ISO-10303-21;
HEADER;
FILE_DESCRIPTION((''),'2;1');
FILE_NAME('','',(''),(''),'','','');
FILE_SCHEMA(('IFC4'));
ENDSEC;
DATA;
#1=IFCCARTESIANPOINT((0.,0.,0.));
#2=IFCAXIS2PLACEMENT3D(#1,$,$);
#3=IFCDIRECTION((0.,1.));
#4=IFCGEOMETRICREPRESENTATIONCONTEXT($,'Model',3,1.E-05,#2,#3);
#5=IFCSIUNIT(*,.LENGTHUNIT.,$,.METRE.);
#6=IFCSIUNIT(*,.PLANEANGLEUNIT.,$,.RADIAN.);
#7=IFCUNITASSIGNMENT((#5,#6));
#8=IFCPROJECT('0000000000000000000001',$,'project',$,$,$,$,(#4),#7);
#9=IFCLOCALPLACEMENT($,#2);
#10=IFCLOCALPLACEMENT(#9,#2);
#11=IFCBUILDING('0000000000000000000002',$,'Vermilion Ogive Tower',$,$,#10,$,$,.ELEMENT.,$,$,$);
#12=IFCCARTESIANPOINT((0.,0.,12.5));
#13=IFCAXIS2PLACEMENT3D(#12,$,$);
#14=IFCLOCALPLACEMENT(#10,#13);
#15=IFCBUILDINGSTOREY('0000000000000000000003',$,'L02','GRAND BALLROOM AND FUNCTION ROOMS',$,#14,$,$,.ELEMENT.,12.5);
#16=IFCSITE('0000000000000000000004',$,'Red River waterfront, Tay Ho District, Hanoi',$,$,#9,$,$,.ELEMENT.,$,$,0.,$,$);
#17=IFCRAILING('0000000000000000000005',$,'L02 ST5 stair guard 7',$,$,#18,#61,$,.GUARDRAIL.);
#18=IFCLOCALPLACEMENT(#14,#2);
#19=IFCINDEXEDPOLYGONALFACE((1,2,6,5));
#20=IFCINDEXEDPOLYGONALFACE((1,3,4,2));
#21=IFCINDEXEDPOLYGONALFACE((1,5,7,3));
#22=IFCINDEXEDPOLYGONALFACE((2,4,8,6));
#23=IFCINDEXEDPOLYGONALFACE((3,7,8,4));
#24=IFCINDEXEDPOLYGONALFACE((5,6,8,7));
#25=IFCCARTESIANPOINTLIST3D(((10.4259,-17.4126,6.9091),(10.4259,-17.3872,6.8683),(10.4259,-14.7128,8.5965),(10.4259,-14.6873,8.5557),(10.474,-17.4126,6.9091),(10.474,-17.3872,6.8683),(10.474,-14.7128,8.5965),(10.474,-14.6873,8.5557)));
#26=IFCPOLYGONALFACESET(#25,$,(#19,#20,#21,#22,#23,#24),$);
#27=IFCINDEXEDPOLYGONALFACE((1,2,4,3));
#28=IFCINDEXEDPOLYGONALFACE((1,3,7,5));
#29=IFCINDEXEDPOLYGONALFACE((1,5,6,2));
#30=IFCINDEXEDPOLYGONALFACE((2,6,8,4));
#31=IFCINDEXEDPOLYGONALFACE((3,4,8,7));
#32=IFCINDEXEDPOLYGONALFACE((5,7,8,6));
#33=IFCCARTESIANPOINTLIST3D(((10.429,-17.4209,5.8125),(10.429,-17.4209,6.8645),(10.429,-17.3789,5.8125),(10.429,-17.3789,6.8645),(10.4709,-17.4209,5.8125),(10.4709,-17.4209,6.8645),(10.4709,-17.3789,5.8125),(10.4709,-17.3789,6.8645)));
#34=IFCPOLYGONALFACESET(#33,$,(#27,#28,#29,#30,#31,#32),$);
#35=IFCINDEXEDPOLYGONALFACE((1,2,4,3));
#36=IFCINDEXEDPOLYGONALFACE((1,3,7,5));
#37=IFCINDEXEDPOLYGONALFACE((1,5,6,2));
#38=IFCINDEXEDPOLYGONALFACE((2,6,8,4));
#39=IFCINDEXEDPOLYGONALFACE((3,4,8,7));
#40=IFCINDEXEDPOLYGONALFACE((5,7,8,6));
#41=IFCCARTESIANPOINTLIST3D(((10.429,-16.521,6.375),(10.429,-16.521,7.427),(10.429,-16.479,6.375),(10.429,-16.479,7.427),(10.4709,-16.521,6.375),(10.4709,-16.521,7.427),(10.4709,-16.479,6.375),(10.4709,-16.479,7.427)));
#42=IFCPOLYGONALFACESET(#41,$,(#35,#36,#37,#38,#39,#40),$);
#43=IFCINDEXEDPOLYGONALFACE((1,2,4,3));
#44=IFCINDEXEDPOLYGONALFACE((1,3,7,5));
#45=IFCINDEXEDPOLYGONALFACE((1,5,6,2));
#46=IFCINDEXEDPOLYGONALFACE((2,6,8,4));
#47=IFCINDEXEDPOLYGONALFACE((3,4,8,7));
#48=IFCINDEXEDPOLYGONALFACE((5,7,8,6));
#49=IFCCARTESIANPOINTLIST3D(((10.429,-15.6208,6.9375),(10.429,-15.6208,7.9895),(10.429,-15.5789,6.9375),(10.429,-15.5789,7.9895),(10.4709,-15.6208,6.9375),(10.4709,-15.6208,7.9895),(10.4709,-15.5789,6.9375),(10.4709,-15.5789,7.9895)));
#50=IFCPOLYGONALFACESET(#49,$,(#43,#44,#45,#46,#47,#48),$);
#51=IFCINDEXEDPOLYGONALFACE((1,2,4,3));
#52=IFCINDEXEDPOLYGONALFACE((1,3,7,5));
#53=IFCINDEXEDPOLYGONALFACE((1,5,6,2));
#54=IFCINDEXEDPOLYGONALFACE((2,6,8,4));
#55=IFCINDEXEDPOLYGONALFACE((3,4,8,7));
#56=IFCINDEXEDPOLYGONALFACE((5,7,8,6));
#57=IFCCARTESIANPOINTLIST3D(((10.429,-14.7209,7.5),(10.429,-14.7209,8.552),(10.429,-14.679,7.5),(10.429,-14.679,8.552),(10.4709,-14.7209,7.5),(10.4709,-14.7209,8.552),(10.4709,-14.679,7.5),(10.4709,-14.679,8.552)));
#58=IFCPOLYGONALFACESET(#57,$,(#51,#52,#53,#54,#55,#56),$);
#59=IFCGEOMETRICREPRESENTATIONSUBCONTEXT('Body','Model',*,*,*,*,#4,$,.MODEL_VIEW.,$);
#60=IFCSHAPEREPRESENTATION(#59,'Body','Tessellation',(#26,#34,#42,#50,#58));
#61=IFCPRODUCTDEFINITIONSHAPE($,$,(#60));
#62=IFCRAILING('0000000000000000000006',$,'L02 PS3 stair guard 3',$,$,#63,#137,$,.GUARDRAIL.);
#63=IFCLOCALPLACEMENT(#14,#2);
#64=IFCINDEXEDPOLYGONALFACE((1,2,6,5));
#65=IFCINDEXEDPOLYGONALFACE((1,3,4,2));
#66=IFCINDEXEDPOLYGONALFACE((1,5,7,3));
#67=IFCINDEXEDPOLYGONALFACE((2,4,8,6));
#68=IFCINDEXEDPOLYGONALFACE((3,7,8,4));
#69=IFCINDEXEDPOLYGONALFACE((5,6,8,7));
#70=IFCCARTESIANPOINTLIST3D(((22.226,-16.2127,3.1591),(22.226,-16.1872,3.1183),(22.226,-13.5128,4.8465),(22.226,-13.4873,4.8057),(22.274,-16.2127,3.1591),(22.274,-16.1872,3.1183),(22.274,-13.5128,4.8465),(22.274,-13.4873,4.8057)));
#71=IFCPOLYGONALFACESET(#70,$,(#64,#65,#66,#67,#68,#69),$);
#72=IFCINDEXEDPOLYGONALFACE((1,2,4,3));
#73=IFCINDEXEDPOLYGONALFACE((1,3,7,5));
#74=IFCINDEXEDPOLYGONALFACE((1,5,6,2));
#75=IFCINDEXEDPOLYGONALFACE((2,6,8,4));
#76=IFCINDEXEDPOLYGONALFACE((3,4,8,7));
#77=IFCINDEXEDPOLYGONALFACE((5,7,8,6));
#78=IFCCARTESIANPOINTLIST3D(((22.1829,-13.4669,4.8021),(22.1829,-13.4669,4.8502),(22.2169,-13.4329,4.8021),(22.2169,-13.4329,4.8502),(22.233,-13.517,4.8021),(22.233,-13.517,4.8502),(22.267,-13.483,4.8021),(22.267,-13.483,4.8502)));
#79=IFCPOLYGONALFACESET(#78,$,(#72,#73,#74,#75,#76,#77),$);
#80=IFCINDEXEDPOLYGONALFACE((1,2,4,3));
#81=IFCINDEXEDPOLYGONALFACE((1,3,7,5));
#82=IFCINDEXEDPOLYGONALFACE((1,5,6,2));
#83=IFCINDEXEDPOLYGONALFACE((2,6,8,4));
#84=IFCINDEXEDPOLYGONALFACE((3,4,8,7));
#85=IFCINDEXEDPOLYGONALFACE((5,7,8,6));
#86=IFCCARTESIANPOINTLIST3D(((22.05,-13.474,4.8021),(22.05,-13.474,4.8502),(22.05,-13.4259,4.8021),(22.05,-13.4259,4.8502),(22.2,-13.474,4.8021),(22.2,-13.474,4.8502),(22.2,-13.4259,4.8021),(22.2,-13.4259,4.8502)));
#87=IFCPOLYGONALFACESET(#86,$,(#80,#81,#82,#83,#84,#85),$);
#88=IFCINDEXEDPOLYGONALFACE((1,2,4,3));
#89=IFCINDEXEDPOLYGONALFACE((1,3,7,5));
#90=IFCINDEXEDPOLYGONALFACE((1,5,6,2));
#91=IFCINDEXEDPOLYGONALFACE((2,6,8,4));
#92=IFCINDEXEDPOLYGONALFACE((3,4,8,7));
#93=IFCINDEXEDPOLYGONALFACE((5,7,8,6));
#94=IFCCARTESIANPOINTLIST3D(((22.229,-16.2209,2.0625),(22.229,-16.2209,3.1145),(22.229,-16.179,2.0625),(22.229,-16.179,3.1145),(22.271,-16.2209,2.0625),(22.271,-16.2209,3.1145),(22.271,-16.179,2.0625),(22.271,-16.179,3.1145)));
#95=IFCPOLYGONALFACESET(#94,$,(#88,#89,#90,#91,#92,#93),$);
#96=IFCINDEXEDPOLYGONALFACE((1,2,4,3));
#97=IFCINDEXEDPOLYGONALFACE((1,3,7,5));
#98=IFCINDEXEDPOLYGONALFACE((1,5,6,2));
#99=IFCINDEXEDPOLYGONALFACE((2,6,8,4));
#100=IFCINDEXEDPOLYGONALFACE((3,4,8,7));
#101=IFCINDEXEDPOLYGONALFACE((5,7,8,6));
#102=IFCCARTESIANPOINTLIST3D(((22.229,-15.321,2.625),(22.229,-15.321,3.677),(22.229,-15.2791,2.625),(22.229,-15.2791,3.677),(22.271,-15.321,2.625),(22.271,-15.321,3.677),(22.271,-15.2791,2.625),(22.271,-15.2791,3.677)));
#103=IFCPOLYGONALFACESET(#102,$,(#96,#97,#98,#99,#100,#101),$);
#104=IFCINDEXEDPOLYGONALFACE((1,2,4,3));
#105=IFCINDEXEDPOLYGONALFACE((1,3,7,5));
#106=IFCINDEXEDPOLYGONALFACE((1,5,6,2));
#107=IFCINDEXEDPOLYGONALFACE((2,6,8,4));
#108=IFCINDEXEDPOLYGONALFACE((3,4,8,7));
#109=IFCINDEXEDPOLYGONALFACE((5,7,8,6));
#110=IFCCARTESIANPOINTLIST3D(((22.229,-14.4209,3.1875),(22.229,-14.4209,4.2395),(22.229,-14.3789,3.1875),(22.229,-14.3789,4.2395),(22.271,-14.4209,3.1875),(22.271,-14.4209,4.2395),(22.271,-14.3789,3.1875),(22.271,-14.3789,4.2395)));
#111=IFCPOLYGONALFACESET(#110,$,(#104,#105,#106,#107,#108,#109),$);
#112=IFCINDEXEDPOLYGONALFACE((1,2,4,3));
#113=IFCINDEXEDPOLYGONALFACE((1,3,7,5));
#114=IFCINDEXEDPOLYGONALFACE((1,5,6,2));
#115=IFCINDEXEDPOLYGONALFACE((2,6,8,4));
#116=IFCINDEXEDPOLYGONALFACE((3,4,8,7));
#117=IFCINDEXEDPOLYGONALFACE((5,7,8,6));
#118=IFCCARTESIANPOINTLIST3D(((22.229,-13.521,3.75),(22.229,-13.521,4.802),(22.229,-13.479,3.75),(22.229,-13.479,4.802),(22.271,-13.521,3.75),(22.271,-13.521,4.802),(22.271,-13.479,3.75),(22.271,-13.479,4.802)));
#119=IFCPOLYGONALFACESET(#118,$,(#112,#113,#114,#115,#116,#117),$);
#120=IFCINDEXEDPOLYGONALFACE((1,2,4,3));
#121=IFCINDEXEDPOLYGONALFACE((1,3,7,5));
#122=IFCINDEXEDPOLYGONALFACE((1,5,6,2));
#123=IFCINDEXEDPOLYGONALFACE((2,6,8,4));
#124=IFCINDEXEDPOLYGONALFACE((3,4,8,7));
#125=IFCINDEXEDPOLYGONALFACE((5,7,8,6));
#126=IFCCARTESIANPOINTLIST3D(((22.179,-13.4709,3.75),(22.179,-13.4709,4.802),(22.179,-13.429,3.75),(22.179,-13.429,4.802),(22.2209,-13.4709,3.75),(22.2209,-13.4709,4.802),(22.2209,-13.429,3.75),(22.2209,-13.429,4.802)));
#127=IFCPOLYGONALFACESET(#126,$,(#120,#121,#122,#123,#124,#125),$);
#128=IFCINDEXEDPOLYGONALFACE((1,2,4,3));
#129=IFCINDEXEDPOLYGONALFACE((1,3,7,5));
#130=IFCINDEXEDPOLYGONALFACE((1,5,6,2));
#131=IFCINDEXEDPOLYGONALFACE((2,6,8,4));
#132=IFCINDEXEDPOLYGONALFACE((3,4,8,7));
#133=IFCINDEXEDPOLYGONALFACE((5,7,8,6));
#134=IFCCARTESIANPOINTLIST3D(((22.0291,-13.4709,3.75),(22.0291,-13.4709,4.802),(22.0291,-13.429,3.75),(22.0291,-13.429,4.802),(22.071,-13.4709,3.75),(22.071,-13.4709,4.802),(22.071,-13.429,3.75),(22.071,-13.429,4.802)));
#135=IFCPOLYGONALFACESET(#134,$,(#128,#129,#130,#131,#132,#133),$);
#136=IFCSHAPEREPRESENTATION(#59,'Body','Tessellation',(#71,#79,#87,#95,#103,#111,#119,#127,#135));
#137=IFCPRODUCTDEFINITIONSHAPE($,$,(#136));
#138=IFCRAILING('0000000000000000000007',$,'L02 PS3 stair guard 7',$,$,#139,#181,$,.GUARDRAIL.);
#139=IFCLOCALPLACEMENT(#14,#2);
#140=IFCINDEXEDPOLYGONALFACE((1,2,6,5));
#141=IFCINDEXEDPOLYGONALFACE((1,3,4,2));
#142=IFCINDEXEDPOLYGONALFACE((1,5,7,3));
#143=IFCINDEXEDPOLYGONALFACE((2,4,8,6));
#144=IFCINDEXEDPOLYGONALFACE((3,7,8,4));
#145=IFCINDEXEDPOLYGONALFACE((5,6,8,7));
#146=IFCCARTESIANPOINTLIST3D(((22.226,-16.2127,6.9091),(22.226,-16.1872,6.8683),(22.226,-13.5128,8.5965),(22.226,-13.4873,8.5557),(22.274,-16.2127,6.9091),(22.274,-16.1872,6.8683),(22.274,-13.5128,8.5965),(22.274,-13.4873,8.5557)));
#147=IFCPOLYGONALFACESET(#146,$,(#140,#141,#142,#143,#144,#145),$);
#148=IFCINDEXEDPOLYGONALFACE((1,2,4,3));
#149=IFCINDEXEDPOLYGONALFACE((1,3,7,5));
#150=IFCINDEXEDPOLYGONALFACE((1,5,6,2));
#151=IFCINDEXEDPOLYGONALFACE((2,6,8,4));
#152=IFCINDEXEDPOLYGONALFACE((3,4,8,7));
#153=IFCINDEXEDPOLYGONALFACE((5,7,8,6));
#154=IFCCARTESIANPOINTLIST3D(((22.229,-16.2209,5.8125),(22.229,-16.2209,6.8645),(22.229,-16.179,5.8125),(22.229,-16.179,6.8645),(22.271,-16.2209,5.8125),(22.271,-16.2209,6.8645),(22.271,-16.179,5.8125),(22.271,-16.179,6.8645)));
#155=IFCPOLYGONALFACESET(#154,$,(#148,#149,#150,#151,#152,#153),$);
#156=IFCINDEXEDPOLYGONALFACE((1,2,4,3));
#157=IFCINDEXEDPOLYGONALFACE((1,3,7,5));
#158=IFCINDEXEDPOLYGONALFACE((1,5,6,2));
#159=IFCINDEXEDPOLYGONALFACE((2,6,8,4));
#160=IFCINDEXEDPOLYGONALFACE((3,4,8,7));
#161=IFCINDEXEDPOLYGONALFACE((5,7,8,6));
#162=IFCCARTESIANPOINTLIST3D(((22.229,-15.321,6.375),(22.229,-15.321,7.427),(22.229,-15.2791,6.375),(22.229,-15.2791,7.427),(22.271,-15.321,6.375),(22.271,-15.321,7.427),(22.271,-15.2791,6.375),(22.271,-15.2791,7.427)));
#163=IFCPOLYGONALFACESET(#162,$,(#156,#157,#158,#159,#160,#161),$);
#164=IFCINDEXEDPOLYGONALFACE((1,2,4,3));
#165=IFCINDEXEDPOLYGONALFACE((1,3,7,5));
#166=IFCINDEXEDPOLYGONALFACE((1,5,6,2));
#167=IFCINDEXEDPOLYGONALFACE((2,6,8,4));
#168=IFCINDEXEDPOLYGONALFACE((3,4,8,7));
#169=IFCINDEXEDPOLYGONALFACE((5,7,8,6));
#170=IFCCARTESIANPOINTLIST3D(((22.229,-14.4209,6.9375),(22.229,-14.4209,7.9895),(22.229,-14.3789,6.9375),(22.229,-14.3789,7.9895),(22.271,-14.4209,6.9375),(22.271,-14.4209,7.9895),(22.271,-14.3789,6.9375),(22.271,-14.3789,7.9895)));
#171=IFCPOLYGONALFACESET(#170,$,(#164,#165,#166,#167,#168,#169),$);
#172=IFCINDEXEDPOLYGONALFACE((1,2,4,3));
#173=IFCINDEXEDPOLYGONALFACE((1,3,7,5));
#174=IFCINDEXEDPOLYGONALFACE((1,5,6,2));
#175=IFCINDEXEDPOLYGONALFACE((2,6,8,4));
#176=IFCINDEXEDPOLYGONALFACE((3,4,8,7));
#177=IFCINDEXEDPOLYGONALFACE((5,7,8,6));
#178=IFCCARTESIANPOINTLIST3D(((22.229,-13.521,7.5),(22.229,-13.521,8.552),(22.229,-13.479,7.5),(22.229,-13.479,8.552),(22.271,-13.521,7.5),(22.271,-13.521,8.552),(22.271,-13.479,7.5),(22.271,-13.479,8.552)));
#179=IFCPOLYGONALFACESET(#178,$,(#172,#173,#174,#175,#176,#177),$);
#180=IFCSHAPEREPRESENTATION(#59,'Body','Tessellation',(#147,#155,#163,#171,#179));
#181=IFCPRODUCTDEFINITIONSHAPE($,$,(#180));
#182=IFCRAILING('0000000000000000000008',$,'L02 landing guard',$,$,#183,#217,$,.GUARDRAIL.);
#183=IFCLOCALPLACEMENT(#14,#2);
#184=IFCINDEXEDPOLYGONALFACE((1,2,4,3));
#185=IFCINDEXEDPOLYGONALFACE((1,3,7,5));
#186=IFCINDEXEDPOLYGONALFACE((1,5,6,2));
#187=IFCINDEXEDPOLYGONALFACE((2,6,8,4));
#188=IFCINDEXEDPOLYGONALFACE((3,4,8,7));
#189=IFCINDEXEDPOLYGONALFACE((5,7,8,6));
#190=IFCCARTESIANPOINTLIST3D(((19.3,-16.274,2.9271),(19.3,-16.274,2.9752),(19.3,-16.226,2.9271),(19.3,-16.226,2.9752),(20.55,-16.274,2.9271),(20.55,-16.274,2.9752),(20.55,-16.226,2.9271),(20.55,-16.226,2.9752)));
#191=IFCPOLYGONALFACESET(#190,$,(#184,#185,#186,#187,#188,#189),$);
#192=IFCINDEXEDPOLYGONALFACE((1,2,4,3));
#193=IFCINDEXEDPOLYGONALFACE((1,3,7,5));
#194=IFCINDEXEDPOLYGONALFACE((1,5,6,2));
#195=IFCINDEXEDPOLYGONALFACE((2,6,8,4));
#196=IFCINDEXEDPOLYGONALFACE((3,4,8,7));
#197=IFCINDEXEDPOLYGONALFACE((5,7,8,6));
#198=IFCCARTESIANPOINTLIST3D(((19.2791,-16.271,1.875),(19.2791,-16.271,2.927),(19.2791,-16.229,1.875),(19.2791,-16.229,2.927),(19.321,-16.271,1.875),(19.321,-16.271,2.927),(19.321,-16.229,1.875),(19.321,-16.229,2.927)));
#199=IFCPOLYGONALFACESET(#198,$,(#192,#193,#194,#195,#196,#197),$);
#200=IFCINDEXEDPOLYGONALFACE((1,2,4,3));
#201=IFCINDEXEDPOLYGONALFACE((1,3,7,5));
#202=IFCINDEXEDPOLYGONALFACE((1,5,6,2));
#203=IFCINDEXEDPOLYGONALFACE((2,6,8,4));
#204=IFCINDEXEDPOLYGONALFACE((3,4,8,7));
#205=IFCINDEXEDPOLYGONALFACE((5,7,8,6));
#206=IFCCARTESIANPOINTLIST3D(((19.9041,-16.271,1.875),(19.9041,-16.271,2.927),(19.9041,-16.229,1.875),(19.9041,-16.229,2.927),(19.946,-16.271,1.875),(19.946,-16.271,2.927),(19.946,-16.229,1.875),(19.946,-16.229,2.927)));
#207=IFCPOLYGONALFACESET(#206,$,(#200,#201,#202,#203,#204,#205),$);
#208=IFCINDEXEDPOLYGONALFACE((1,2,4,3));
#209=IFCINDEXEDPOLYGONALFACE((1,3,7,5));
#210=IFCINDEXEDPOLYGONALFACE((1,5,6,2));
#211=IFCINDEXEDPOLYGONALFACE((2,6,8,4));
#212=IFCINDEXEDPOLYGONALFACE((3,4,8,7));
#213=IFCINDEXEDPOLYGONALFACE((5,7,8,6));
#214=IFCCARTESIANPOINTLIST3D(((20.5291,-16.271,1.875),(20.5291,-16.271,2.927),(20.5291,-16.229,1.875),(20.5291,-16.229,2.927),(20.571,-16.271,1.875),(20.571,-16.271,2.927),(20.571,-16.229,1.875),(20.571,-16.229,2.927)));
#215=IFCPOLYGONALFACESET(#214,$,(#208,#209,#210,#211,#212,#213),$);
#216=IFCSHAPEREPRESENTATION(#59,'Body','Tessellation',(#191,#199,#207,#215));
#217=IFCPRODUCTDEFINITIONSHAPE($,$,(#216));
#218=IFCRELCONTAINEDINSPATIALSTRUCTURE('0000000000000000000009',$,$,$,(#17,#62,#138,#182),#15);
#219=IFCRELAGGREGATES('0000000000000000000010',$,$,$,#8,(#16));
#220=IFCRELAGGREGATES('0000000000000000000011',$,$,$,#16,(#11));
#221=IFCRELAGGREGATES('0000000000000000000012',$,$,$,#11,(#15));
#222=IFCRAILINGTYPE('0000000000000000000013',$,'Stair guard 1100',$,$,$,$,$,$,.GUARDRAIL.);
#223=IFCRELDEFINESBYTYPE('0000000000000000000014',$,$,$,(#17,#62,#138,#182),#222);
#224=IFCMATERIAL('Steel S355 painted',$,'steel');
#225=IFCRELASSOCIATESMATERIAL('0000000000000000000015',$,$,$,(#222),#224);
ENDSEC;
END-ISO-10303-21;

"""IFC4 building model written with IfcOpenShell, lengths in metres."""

from ifc_helpers import new_model, si_unit, direction, frame, origin, origin_2d, place, context, subcontext, project, spatial, rectangle, extrude, material, type_object, element, save


model = new_model("IFC4")

# Units and contexts
model_context = context("Model", 3, precision=1e-05, world=origin(), true_north=direction((0.0, 1.0)))
body_context = subcontext(model_context, "Body", "Model", "MODEL_VIEW")
ifc_project = project(units=[si_unit("LENGTHUNIT", "METRE"), si_unit("PLANEANGLEUNIT", "RADIAN")], contexts=[model_context])

# Site, building, storey
site_placement = place(None, origin())
site = spatial("IfcSite", under=ifc_project, at=site_placement, Name="Red River waterfront, Tay Ho District, Hanoi", CompositionType="ELEMENT", RefElevation=0.0)
building_placement = place(site_placement, origin())
building = spatial("IfcBuilding", under=site, at=building_placement, Name="Vermilion Ogive Tower", CompositionType="ELEMENT")
storey_placement = place(building_placement, frame((0.0, 0.0, 12.5)))
storey = spatial("IfcBuildingStorey", under=building, at=storey_placement, Name="L02", Description="GRAND BALLROOM AND FUNCTION ROOMS", CompositionType="ELEMENT", Elevation=12.5)

# Railings
ifc_material_1 = material(Name="Steel S355 painted", Category="steel")
railing_type_1 = type_object("IfcRailingType", Name="Stair guard 1100", PredefinedType="GUARDRAIL", material=ifc_material_1)
railing_1_placement = place(storey_placement, frame((10.45, -17.3999, 5.8125)))
element("IfcRailing", 1, at=railing_1_placement, inside=storey, type_object=railing_type_1, Name="L02 ST5 stair guard 7", PredefinedType="GUARDRAIL", context=body_context, shape_type="SweptSolid", body=[
    extrude(rectangle(XDim=0.0481, YDim=0.0481, at=origin_2d()), frame((0.0, 0.0, 1.0762), z_axis=(0.0, 0.847994, 0.530006), x_axis=(-1.0, 0.0, 0.0)), (0.0, 0.0, 1.0), 3.1838),
    extrude(rectangle(XDim=0.042, YDim=0.042, at=origin_2d()), origin(), (0.0, 0.0, 1.0), 1.052),
    extrude(rectangle(XDim=0.042, YDim=0.042, at=origin_2d()), frame((0.0, 0.8999, 0.5625)), (0.0, 0.0, 1.0), 1.052),
    extrude(rectangle(XDim=0.042, YDim=0.042, at=origin_2d()), frame((0.0, 1.8, 1.125)), (0.0, 0.0, 1.0), 1.052),
    extrude(rectangle(XDim=0.042, YDim=0.042, at=origin_2d()), frame((0.0, 2.7, 1.6875)), (0.0, 0.0, 1.0), 1.052),
])
railing_2_placement = place(storey_placement, frame((22.25, -16.2, 2.0625)))
element("IfcRailing", 2, at=railing_2_placement, inside=storey, type_object=railing_type_1, Name="L02 PS3 stair guard 3", PredefinedType="GUARDRAIL", context=body_context, shape_type="SweptSolid", body=[
    extrude(rectangle(XDim=0.0481, YDim=0.0481, at=origin_2d()), frame((0.0, 0.0, 1.0762), z_axis=(0.0, 0.847994, 0.530006), x_axis=(-1.0, 0.0, 0.0)), (0.0, 0.0, 1.0), 3.1838),
    extrude(rectangle(XDim=0.0481, YDim=0.0481, at=origin_2d()), frame((0.0, 2.7, 2.7637), z_axis=(-0.707107, 0.707107, 0.0), x_axis=(-0.707107, -0.707107, 0.0)), (0.0, 0.0, 1.0), 0.0708),
    extrude(rectangle(XDim=0.0481, YDim=0.0481, at=origin_2d()), frame((-0.05, 2.75, 2.7637), z_axis=(-1.0, 0.0, 0.0), x_axis=(0.0, -1.0, 0.0)), (0.0, 0.0, 1.0), 0.1499),
    extrude(rectangle(XDim=0.042, YDim=0.042, at=origin_2d()), origin(), (0.0, 0.0, 1.0), 1.052),
    extrude(rectangle(XDim=0.042, YDim=0.042, at=origin_2d()), frame((0.0, 0.8999, 0.5625)), (0.0, 0.0, 1.0), 1.052),
    extrude(rectangle(XDim=0.042, YDim=0.042, at=origin_2d()), frame((0.0, 1.8, 1.125)), (0.0, 0.0, 1.0), 1.052),
    extrude(rectangle(XDim=0.042, YDim=0.042, at=origin_2d()), frame((0.0, 2.7, 1.6875)), (0.0, 0.0, 1.0), 1.052),
    extrude(rectangle(XDim=0.042, YDim=0.042, at=origin_2d()), frame((-0.05, 2.75, 1.6875)), (0.0, 0.0, 1.0), 1.052),
    extrude(rectangle(XDim=0.042, YDim=0.042, at=origin_2d()), frame((-0.2, 2.75, 1.6875)), (0.0, 0.0, 1.0), 1.052),
])
railing_3_placement = place(storey_placement, frame((22.25, -16.2, 5.8125)))
element("IfcRailing", 3, at=railing_3_placement, inside=storey, type_object=railing_type_1, Name="L02 PS3 stair guard 7", PredefinedType="GUARDRAIL", context=body_context, shape_type="SweptSolid", body=[
    extrude(rectangle(XDim=0.0481, YDim=0.0481, at=origin_2d()), frame((0.0, 0.0, 1.0762), z_axis=(0.0, 0.847994, 0.530006), x_axis=(-1.0, 0.0, 0.0)), (0.0, 0.0, 1.0), 3.1838),
    extrude(rectangle(XDim=0.042, YDim=0.042, at=origin_2d()), origin(), (0.0, 0.0, 1.0), 1.052),
    extrude(rectangle(XDim=0.042, YDim=0.042, at=origin_2d()), frame((0.0, 0.8999, 0.5625)), (0.0, 0.0, 1.0), 1.052),
    extrude(rectangle(XDim=0.042, YDim=0.042, at=origin_2d()), frame((0.0, 1.8, 1.125)), (0.0, 0.0, 1.0), 1.052),
    extrude(rectangle(XDim=0.042, YDim=0.042, at=origin_2d()), frame((0.0, 2.7, 1.6875)), (0.0, 0.0, 1.0), 1.052),
])
for number, where, name in (
    (4, (19.3, -16.25, 1.875), "L02 landing guard"),
):
    element("IfcRailing", number, at=place(storey_placement, frame(where)), inside=storey, type_object=railing_type_1, Name=name, PredefinedType="GUARDRAIL", context=body_context, shape_type="SweptSolid", body=[
        extrude(rectangle(XDim=0.0481, YDim=0.0481, at=origin_2d()), frame((0.0, 0.0, 1.0762), z_axis=(1.0, 0.0, 0.0), x_axis=(0.0, 1.0, 0.0)), (0.0, 0.0, 1.0), 1.25),
        extrude(rectangle(XDim=0.042, YDim=0.042, at=origin_2d()), origin(), (0.0, 0.0, 1.0), 1.052),
        extrude(rectangle(XDim=0.042, YDim=0.042, at=origin_2d()), frame((0.625, 0.0, 0.0)), (0.0, 0.0, 1.0), 1.052),
        extrude(rectangle(XDim=0.042, YDim=0.042, at=origin_2d()), frame((1.25, 0.0, 0.0)), (0.0, 0.0, 1.0), 1.052),
    ])

save(model, "model.ifc")
